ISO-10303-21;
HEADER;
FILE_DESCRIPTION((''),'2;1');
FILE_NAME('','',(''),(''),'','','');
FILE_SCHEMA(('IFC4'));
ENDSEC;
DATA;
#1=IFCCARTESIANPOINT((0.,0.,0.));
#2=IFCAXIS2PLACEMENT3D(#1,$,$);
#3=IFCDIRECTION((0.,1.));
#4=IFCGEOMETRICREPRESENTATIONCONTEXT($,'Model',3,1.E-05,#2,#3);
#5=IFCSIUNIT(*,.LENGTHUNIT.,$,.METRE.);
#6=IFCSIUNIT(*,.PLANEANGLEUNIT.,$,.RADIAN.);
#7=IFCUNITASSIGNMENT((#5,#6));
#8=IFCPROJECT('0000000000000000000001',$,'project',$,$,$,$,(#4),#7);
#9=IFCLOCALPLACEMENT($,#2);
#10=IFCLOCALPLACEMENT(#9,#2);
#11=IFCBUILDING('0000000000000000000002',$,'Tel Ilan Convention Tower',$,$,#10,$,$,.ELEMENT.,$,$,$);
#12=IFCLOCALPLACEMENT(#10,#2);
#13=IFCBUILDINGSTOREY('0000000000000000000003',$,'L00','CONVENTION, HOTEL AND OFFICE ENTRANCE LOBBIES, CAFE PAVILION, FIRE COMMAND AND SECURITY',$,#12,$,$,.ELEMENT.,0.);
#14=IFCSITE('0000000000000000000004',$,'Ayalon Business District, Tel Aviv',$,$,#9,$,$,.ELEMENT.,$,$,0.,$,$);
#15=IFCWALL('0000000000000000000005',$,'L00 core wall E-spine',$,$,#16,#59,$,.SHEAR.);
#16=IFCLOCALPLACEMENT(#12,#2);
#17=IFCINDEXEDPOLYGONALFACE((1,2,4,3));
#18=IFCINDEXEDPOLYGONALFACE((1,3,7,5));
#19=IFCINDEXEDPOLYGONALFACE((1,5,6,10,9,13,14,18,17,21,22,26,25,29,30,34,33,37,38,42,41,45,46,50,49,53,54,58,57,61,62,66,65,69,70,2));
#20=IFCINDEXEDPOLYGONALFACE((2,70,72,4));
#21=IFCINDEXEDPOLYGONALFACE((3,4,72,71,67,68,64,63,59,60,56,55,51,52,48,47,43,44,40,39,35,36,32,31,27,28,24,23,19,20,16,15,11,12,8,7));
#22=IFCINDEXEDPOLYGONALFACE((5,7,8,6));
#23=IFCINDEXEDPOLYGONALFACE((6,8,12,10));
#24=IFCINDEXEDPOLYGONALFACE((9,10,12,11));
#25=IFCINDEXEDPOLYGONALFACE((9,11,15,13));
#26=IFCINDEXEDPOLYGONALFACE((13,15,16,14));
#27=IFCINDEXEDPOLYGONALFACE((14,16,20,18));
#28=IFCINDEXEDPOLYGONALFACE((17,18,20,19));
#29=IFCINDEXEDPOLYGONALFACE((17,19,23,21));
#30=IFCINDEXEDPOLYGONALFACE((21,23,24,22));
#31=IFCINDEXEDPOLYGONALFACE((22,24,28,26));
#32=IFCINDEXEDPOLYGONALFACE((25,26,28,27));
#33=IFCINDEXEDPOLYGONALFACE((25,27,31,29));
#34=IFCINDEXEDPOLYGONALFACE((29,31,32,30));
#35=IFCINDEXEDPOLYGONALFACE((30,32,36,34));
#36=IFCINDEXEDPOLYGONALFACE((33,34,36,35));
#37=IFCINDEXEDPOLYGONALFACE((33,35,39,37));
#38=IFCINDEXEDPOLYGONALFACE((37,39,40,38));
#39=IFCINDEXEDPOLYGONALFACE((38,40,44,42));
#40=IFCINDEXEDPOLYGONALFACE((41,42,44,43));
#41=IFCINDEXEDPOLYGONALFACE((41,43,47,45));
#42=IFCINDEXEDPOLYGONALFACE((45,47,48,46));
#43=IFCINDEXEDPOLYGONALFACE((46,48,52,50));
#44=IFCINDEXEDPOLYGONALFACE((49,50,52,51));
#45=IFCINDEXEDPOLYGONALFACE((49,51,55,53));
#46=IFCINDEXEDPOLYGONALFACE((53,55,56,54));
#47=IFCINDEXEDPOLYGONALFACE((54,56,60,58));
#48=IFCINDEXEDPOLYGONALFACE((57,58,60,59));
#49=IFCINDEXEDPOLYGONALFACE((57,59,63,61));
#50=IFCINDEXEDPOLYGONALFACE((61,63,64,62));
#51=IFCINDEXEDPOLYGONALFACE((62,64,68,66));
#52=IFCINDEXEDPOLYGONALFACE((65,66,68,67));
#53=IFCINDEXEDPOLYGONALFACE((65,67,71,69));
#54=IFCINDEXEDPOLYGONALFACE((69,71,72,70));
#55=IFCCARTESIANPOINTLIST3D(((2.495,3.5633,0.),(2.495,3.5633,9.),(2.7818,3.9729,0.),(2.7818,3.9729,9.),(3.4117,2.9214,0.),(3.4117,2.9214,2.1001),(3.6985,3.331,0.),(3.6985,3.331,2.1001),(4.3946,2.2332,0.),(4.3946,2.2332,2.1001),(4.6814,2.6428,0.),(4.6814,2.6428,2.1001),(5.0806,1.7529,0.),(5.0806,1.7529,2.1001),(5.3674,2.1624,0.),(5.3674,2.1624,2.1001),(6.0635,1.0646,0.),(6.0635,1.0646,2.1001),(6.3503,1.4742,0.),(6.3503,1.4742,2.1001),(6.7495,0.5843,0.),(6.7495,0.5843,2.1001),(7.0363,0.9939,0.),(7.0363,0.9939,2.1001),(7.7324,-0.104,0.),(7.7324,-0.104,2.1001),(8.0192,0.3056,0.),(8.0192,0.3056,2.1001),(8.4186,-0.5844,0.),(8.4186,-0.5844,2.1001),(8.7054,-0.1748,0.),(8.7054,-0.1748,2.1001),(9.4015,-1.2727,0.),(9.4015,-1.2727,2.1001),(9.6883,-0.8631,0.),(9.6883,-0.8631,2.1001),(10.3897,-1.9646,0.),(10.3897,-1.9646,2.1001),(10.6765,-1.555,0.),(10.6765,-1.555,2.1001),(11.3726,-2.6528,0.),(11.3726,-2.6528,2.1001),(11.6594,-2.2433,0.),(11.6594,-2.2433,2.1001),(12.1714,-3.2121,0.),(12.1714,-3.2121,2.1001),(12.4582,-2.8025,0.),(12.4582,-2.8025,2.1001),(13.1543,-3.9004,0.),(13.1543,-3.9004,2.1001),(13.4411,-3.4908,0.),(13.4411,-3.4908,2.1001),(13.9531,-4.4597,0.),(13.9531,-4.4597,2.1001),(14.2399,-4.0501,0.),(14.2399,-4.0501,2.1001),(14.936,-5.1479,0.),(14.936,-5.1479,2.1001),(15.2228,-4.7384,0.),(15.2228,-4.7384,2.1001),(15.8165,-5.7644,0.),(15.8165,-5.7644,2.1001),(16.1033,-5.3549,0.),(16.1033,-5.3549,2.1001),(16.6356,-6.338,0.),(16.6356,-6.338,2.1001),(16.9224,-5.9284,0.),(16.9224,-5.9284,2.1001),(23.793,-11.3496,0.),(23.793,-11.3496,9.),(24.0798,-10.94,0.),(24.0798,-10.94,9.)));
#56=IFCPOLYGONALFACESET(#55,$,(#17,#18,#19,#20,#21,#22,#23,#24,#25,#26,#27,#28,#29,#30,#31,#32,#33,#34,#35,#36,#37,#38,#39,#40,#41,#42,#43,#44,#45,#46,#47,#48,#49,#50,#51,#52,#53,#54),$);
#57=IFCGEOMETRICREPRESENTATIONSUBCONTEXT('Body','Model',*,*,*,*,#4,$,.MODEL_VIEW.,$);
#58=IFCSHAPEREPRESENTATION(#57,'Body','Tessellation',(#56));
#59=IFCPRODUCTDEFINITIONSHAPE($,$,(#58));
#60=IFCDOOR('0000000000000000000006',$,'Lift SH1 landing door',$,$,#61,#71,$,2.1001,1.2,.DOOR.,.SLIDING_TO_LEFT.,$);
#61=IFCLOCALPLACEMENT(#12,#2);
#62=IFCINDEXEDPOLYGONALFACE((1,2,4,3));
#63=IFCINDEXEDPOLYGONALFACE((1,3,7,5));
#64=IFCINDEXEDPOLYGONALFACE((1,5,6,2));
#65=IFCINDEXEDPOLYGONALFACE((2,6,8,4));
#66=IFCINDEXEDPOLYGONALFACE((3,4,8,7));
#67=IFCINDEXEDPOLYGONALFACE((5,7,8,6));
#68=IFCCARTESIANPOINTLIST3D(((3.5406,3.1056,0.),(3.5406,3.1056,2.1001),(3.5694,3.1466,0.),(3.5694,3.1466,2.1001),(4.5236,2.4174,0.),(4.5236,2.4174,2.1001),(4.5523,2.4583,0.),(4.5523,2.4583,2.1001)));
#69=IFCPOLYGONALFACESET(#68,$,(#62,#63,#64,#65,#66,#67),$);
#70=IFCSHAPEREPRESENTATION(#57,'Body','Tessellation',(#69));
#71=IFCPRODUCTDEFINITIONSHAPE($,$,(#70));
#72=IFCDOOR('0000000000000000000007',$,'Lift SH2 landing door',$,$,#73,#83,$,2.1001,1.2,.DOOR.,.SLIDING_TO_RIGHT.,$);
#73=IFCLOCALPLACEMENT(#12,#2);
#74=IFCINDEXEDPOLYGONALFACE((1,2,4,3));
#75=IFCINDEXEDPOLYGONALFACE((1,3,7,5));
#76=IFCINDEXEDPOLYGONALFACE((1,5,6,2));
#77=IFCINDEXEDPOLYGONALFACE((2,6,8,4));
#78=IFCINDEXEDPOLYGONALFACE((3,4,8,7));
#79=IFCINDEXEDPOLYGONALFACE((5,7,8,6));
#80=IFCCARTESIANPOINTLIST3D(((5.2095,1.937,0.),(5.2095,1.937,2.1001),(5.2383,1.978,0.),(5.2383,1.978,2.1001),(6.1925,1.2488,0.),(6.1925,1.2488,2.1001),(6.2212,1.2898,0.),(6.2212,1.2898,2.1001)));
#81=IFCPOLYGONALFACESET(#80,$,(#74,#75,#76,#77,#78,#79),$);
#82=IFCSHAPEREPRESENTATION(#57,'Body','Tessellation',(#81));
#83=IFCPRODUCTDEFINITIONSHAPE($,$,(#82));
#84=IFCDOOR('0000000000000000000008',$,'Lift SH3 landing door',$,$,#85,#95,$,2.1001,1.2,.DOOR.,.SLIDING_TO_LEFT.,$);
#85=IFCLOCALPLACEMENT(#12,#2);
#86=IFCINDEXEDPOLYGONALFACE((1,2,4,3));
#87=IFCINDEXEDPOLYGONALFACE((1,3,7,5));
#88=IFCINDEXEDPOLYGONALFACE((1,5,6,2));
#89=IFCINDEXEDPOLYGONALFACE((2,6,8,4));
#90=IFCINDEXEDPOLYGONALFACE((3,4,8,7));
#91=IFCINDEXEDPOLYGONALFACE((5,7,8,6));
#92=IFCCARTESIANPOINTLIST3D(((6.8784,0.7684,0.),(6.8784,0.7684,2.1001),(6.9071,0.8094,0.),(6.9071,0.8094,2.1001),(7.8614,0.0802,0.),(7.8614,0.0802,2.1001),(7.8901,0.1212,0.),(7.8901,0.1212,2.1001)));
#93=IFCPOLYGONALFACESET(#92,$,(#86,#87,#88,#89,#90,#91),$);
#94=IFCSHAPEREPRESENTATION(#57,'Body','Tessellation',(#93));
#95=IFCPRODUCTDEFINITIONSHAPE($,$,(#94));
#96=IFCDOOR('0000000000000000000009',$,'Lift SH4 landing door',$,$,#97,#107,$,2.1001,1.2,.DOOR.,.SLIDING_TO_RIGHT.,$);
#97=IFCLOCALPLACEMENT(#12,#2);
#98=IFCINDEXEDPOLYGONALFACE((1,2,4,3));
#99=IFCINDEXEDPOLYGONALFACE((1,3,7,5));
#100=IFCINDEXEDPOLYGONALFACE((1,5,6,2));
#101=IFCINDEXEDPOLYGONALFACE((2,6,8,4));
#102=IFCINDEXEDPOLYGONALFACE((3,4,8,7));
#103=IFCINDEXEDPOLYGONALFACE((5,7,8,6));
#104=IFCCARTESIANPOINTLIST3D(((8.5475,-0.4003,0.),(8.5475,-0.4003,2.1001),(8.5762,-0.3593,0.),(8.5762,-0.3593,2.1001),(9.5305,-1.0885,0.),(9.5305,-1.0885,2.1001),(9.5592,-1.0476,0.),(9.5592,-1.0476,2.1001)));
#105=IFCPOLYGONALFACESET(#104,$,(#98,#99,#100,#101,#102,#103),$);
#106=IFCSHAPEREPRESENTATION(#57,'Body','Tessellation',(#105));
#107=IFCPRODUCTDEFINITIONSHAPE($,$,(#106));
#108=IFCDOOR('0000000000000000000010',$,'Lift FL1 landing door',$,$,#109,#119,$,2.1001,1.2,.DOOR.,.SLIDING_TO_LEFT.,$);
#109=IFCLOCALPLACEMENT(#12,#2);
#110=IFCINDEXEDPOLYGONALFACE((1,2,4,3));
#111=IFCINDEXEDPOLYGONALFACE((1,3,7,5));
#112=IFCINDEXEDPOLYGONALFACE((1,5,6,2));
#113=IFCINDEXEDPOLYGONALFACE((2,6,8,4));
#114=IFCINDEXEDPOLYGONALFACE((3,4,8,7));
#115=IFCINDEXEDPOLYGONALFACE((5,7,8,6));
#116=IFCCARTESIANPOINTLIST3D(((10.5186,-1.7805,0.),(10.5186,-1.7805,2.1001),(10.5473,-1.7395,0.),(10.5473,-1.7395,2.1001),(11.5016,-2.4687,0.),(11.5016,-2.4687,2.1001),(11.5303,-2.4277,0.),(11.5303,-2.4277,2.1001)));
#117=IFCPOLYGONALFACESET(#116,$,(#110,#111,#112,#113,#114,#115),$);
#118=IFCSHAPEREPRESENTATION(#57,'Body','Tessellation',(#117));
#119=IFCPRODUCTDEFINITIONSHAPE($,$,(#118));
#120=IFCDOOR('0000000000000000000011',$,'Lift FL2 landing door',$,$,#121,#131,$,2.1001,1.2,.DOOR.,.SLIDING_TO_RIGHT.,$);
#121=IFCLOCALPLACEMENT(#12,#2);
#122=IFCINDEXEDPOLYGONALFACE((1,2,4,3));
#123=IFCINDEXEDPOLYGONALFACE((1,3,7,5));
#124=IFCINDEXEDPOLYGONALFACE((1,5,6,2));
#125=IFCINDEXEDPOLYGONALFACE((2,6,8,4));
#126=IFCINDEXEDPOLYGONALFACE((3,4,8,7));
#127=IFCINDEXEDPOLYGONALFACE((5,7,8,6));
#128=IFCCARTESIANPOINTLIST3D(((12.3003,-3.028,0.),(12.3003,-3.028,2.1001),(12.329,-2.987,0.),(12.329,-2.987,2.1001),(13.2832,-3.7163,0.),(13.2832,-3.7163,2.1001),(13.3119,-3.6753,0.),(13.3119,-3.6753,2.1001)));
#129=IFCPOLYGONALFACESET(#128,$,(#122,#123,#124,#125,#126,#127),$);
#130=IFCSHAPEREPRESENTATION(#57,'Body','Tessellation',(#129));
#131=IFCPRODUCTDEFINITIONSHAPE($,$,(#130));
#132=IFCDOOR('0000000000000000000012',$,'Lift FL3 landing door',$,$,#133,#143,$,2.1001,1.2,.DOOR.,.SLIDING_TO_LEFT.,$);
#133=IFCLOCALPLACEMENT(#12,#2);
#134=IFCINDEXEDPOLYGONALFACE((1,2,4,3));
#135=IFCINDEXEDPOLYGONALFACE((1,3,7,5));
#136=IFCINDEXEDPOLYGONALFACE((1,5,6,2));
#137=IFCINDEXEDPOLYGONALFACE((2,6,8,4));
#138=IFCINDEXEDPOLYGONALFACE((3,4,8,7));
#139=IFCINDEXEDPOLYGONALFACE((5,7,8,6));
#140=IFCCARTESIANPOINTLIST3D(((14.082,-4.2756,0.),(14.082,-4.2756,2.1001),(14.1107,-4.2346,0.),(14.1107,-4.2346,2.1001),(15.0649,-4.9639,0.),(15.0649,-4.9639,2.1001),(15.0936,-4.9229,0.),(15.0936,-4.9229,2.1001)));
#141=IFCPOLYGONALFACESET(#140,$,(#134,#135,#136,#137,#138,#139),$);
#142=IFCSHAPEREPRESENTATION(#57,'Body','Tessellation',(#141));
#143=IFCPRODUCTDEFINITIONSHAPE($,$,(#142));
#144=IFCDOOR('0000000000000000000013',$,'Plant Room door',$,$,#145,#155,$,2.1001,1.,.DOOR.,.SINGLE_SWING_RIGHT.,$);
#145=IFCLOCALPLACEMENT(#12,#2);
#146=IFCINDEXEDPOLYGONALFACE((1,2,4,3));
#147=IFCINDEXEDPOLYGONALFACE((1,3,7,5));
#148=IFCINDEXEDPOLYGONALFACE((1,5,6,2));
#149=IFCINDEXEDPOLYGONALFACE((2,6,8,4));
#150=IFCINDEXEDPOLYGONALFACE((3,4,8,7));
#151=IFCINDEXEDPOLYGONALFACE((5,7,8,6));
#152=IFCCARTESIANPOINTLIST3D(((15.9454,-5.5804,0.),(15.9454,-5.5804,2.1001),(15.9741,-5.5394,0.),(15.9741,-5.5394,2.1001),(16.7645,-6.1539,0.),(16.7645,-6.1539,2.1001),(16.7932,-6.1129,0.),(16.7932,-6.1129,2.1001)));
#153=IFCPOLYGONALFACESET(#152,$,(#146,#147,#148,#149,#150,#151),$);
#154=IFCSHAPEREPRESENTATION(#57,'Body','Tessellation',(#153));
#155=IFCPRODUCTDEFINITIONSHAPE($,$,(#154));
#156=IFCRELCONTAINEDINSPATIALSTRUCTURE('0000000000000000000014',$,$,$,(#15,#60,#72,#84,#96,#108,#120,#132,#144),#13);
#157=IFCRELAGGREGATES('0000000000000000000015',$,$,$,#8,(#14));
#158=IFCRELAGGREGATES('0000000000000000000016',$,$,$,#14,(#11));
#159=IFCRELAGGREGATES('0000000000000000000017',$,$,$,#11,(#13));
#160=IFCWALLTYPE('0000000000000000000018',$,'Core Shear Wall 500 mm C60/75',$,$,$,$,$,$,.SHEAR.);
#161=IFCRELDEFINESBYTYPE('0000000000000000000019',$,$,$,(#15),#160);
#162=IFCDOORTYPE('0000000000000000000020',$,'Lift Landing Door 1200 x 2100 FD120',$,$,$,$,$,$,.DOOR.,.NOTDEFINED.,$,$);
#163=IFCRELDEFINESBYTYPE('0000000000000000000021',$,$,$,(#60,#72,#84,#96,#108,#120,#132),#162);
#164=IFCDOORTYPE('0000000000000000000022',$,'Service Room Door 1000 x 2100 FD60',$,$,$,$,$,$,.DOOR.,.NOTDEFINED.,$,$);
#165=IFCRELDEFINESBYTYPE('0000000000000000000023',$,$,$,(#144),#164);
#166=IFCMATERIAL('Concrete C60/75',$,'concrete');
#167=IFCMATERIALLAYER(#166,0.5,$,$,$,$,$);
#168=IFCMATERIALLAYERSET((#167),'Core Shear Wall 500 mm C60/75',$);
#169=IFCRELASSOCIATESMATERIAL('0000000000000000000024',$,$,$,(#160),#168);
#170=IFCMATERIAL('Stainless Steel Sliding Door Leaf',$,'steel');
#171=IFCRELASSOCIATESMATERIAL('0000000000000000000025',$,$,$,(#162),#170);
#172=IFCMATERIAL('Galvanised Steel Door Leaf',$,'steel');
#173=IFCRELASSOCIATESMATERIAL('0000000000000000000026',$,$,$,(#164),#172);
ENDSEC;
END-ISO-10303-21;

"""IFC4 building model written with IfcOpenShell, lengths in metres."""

from ifc_helpers import new_model, si_unit, direction, frame, frame_2d, origin, place, context, subcontext, project, spatial, polyline, rectangle, outline, extrude, material, layer, layer_set, type_object, element, fill, save


model = new_model("IFC4")

# Units and contexts
model_context = context("Model", 3, precision=1e-05, world=origin(), true_north=direction((0.0, 1.0)))
body_context = subcontext(model_context, "Body", "Model", "MODEL_VIEW")
ifc_project = project(units=[si_unit("LENGTHUNIT", "METRE"), si_unit("PLANEANGLEUNIT", "RADIAN")], contexts=[model_context])

# Site, building, storey
site_placement = place(None, origin())
site = spatial("IfcSite", under=ifc_project, at=site_placement, Name="Ayalon Business District, Tel Aviv", CompositionType="ELEMENT", RefElevation=0.0)
building_placement = place(site_placement, origin())
building = spatial("IfcBuilding", under=site, at=building_placement, Name="Tel Ilan Convention Tower", CompositionType="ELEMENT")
storey_placement = place(building_placement, origin())
storey = spatial("IfcBuildingStorey", under=building, at=storey_placement, Name="L00", Description="CONVENTION, HOTEL AND OFFICE ENTRANCE LOBBIES, CAFE PAVILION, FIRE COMMAND AND SECURITY", CompositionType="ELEMENT", Elevation=0.0)

# Wall, openings, doors
ifc_material_1 = material(Name="Concrete C60/75", Category="concrete")
ifc_layer_1 = layer(ifc_material_1, 0.5)
ifc_layer_set_1 = layer_set([ifc_layer_1], Name="Core Shear Wall 500 mm C60/75")
wall_type_1 = type_object("IfcWallType", Name="Core Shear Wall 500 mm C60/75", PredefinedType="SHEAR", material=ifc_layer_set_1)
wall_1_placement = place(storey_placement, frame((2.6384, 3.7681, 0.0), z_axis=(0.0, 0.0, 1.0), x_axis=(0.819149, -0.573581, 0.0)))
wall_1 = element("IfcWall", 1, at=wall_1_placement, inside=storey, type_object=wall_type_1, Name="L00 core wall E-spine", PredefinedType="SHEAR", context=body_context, shape_type="SweptSolid", body=[
    extrude(outline(polyline([(0.0, 0.25), (0.0, -0.25), (26.0, -0.2498), (26.0, 0.2502), (0.0, 0.25)])), origin(), (0.0, 0.0, 1.0), 9.0),
])
opening_1_placement = place(wall_1_placement, frame((1.1189, 0.0, 0.0)))
opening_1 = element("IfcOpeningElement", 2, at=opening_1_placement, cuts=wall_1, PredefinedType="OPENING", context=body_context, shape_type="SweptSolid", body=[
    extrude(rectangle(XDim=1.2, YDim=2.1001, at=frame_2d((0.6001, 1.05))), frame((0.0, 0.26, 0.0), z_axis=(0.0, -1.0, 0.0), x_axis=(1.0, 0.0, 0.0)), (0.0, 0.0, 1.0), 0.52),
])
opening_2_placement = place(wall_1_placement, frame((3.1562, 0.0, 0.0)))
opening_2 = element("IfcOpeningElement", 3, at=opening_2_placement, cuts=wall_1, PredefinedType="OPENING", context=body_context, shape_type="SweptSolid", body=[
    extrude(rectangle(XDim=1.2, YDim=2.1001, at=frame_2d((0.6001, 1.05))), frame((0.0, 0.26, 0.0), z_axis=(0.0, -1.0, 0.0), x_axis=(1.0, 0.0, 0.0)), (0.0, 0.0, 1.0), 0.52),
])
opening_3_placement = place(wall_1_placement, frame((5.1936, 0.0, 0.0)))
opening_3 = element("IfcOpeningElement", 4, at=opening_3_placement, cuts=wall_1, PredefinedType="OPENING", context=body_context, shape_type="SweptSolid", body=[
    extrude(rectangle(XDim=1.2, YDim=2.1001, at=frame_2d((0.6001, 1.05))), frame((0.0, 0.26, 0.0), z_axis=(0.0, -1.0, 0.0), x_axis=(1.0, 0.0, 0.0)), (0.0, 0.0, 1.0), 0.52),
])
opening_4_placement = place(wall_1_placement, frame((7.2312, 0.0, 0.0)))
opening_4 = element("IfcOpeningElement", 5, at=opening_4_placement, cuts=wall_1, PredefinedType="OPENING", context=body_context, shape_type="SweptSolid", body=[
    extrude(rectangle(XDim=1.2, YDim=2.1001, at=frame_2d((0.6001, 1.05))), frame((0.0, 0.26, 0.0), z_axis=(0.0, -1.0, 0.0), x_axis=(1.0, 0.0, 0.0)), (0.0, 0.0, 1.0), 0.52),
])
opening_5_placement = place(wall_1_placement, frame((9.6375, 0.0, 0.0)))
opening_5 = element("IfcOpeningElement", 6, at=opening_5_placement, cuts=wall_1, PredefinedType="OPENING", context=body_context, shape_type="SweptSolid", body=[
    extrude(rectangle(XDim=1.2, YDim=2.1001, at=frame_2d((0.6001, 1.05))), frame((0.0, 0.26, 0.0), z_axis=(0.0, -1.0, 0.0), x_axis=(1.0, 0.0, 0.0)), (0.0, 0.0, 1.0), 0.52),
])
opening_6_placement = place(wall_1_placement, frame((11.8125, 0.0, 0.0)))
opening_6 = element("IfcOpeningElement", 7, at=opening_6_placement, cuts=wall_1, PredefinedType="OPENING", context=body_context, shape_type="SweptSolid", body=[
    extrude(rectangle(XDim=1.2, YDim=2.1001, at=frame_2d((0.6001, 1.05))), frame((0.0, 0.26, 0.0), z_axis=(0.0, -1.0, 0.0), x_axis=(1.0, 0.0, 0.0)), (0.0, 0.0, 1.0), 0.52),
])
opening_7_placement = place(wall_1_placement, frame((13.9875, 0.0, 0.0)))
opening_7 = element("IfcOpeningElement", 8, at=opening_7_placement, cuts=wall_1, PredefinedType="OPENING", context=body_context, shape_type="SweptSolid", body=[
    extrude(rectangle(XDim=1.2, YDim=2.1001, at=frame_2d((0.6001, 1.05))), frame((0.0, 0.26, 0.0), z_axis=(0.0, -1.0, 0.0), x_axis=(1.0, 0.0, 0.0)), (0.0, 0.0, 1.0), 0.52),
])
opening_8_placement = place(wall_1_placement, frame((16.2625, 0.0, 0.0)))
opening_8 = element("IfcOpeningElement", 9, at=opening_8_placement, cuts=wall_1, PredefinedType="OPENING", context=body_context, shape_type="SweptSolid", body=[
    extrude(rectangle(XDim=1.0, YDim=2.1001, at=frame_2d((0.5, 1.05))), frame((0.0, 0.26, 0.0), z_axis=(0.0, -1.0, 0.0), x_axis=(1.0, 0.0, 0.0)), (0.0, 0.0, 1.0), 0.52),
])
ifc_material_2 = material(Name="Stainless Steel Sliding Door Leaf", Category="steel")
door_type_1 = type_object("IfcDoorType", Name="Lift Landing Door 1200 x 2100 FD120", OperationType="NOTDEFINED", PredefinedType="DOOR", material=ifc_material_2)
door_1_placement = place(opening_1_placement, origin())
door_1 = element("IfcDoor", 10, at=door_1_placement, inside=storey, type_object=door_type_1, Name="Lift SH1 landing door", OperationType="SLIDING_TO_LEFT", OverallHeight=2.1001, OverallWidth=1.2, PredefinedType="DOOR", context=body_context, shape_type="SweptSolid", body=[
    extrude(rectangle(XDim=1.2, YDim=2.1001, at=frame_2d((0.6001, 1.05))), frame((0.0, 0.0249, 0.0), z_axis=(0.0, -1.0, 0.0), x_axis=(1.0, 0.0, 0.0)), (0.0, 0.0, 1.0), 0.05),
])
fill(opening_1, door_1)
door_2_placement = place(opening_2_placement, origin())
door_2 = element("IfcDoor", 11, at=door_2_placement, inside=storey, type_object=door_type_1, Name="Lift SH2 landing door", OperationType="SLIDING_TO_RIGHT", OverallHeight=2.1001, OverallWidth=1.2, PredefinedType="DOOR", context=body_context, shape_type="SweptSolid", body=[
    extrude(rectangle(XDim=1.2, YDim=2.1001, at=frame_2d((0.6001, 1.05))), frame((0.0, 0.0249, 0.0), z_axis=(0.0, -1.0, 0.0), x_axis=(1.0, 0.0, 0.0)), (0.0, 0.0, 1.0), 0.05),
])
fill(opening_2, door_2)
door_3_placement = place(opening_3_placement, origin())
door_3 = element("IfcDoor", 12, at=door_3_placement, inside=storey, type_object=door_type_1, Name="Lift SH3 landing door", OperationType="SLIDING_TO_LEFT", OverallHeight=2.1001, OverallWidth=1.2, PredefinedType="DOOR", context=body_context, shape_type="SweptSolid", body=[
    extrude(rectangle(XDim=1.2, YDim=2.1001, at=frame_2d((0.6001, 1.05))), frame((0.0, 0.0249, 0.0), z_axis=(0.0, -1.0, 0.0), x_axis=(1.0, 0.0, 0.0)), (0.0, 0.0, 1.0), 0.05),
])
fill(opening_3, door_3)
door_4_placement = place(opening_4_placement, origin())
door_4 = element("IfcDoor", 13, at=door_4_placement, inside=storey, type_object=door_type_1, Name="Lift SH4 landing door", OperationType="SLIDING_TO_RIGHT", OverallHeight=2.1001, OverallWidth=1.2, PredefinedType="DOOR", context=body_context, shape_type="SweptSolid", body=[
    extrude(rectangle(XDim=1.2, YDim=2.1001, at=frame_2d((0.6001, 1.05))), frame((0.0, 0.0249, 0.0), z_axis=(0.0, -1.0, 0.0), x_axis=(1.0, 0.0, 0.0)), (0.0, 0.0, 1.0), 0.05),
])
fill(opening_4, door_4)
door_5_placement = place(opening_5_placement, origin())
door_5 = element("IfcDoor", 14, at=door_5_placement, inside=storey, type_object=door_type_1, Name="Lift FL1 landing door", OperationType="SLIDING_TO_LEFT", OverallHeight=2.1001, OverallWidth=1.2, PredefinedType="DOOR", context=body_context, shape_type="SweptSolid", body=[
    extrude(rectangle(XDim=1.2, YDim=2.1001, at=frame_2d((0.6001, 1.05))), frame((0.0, 0.0249, 0.0), z_axis=(0.0, -1.0, 0.0), x_axis=(1.0, 0.0, 0.0)), (0.0, 0.0, 1.0), 0.05),
])
fill(opening_5, door_5)
door_6_placement = place(opening_6_placement, origin())
door_6 = element("IfcDoor", 15, at=door_6_placement, inside=storey, type_object=door_type_1, Name="Lift FL2 landing door", OperationType="SLIDING_TO_RIGHT", OverallHeight=2.1001, OverallWidth=1.2, PredefinedType="DOOR", context=body_context, shape_type="SweptSolid", body=[
    extrude(rectangle(XDim=1.2, YDim=2.1001, at=frame_2d((0.6001, 1.05))), frame((0.0, 0.0249, 0.0), z_axis=(0.0, -1.0, 0.0), x_axis=(1.0, 0.0, 0.0)), (0.0, 0.0, 1.0), 0.05),
])
fill(opening_6, door_6)
door_7_placement = place(opening_7_placement, origin())
door_7 = element("IfcDoor", 16, at=door_7_placement, inside=storey, type_object=door_type_1, Name="Lift FL3 landing door", OperationType="SLIDING_TO_LEFT", OverallHeight=2.1001, OverallWidth=1.2, PredefinedType="DOOR", context=body_context, shape_type="SweptSolid", body=[
    extrude(rectangle(XDim=1.2, YDim=2.1001, at=frame_2d((0.6001, 1.05))), frame((0.0, 0.0249, 0.0), z_axis=(0.0, -1.0, 0.0), x_axis=(1.0, 0.0, 0.0)), (0.0, 0.0, 1.0), 0.05),
])
fill(opening_7, door_7)
ifc_material_3 = material(Name="Galvanised Steel Door Leaf", Category="steel")
door_type_2 = type_object("IfcDoorType", Name="Service Room Door 1000 x 2100 FD60", OperationType="NOTDEFINED", PredefinedType="DOOR", material=ifc_material_3)
door_8_placement = place(opening_8_placement, origin())
door_8 = element("IfcDoor", 17, at=door_8_placement, inside=storey, type_object=door_type_2, Name="Plant Room door", OperationType="SINGLE_SWING_RIGHT", OverallHeight=2.1001, OverallWidth=1.0, PredefinedType="DOOR", context=body_context, shape_type="SweptSolid", body=[
    extrude(rectangle(XDim=1.0, YDim=2.1001, at=frame_2d((0.5, 1.05))), frame((0.0, 0.0249, 0.0), z_axis=(0.0, -1.0, 0.0), x_axis=(1.0, 0.0, 0.0)), (0.0, 0.0, 1.0), 0.05),
])
fill(opening_8, door_8)

save(model, "model.ifc")
